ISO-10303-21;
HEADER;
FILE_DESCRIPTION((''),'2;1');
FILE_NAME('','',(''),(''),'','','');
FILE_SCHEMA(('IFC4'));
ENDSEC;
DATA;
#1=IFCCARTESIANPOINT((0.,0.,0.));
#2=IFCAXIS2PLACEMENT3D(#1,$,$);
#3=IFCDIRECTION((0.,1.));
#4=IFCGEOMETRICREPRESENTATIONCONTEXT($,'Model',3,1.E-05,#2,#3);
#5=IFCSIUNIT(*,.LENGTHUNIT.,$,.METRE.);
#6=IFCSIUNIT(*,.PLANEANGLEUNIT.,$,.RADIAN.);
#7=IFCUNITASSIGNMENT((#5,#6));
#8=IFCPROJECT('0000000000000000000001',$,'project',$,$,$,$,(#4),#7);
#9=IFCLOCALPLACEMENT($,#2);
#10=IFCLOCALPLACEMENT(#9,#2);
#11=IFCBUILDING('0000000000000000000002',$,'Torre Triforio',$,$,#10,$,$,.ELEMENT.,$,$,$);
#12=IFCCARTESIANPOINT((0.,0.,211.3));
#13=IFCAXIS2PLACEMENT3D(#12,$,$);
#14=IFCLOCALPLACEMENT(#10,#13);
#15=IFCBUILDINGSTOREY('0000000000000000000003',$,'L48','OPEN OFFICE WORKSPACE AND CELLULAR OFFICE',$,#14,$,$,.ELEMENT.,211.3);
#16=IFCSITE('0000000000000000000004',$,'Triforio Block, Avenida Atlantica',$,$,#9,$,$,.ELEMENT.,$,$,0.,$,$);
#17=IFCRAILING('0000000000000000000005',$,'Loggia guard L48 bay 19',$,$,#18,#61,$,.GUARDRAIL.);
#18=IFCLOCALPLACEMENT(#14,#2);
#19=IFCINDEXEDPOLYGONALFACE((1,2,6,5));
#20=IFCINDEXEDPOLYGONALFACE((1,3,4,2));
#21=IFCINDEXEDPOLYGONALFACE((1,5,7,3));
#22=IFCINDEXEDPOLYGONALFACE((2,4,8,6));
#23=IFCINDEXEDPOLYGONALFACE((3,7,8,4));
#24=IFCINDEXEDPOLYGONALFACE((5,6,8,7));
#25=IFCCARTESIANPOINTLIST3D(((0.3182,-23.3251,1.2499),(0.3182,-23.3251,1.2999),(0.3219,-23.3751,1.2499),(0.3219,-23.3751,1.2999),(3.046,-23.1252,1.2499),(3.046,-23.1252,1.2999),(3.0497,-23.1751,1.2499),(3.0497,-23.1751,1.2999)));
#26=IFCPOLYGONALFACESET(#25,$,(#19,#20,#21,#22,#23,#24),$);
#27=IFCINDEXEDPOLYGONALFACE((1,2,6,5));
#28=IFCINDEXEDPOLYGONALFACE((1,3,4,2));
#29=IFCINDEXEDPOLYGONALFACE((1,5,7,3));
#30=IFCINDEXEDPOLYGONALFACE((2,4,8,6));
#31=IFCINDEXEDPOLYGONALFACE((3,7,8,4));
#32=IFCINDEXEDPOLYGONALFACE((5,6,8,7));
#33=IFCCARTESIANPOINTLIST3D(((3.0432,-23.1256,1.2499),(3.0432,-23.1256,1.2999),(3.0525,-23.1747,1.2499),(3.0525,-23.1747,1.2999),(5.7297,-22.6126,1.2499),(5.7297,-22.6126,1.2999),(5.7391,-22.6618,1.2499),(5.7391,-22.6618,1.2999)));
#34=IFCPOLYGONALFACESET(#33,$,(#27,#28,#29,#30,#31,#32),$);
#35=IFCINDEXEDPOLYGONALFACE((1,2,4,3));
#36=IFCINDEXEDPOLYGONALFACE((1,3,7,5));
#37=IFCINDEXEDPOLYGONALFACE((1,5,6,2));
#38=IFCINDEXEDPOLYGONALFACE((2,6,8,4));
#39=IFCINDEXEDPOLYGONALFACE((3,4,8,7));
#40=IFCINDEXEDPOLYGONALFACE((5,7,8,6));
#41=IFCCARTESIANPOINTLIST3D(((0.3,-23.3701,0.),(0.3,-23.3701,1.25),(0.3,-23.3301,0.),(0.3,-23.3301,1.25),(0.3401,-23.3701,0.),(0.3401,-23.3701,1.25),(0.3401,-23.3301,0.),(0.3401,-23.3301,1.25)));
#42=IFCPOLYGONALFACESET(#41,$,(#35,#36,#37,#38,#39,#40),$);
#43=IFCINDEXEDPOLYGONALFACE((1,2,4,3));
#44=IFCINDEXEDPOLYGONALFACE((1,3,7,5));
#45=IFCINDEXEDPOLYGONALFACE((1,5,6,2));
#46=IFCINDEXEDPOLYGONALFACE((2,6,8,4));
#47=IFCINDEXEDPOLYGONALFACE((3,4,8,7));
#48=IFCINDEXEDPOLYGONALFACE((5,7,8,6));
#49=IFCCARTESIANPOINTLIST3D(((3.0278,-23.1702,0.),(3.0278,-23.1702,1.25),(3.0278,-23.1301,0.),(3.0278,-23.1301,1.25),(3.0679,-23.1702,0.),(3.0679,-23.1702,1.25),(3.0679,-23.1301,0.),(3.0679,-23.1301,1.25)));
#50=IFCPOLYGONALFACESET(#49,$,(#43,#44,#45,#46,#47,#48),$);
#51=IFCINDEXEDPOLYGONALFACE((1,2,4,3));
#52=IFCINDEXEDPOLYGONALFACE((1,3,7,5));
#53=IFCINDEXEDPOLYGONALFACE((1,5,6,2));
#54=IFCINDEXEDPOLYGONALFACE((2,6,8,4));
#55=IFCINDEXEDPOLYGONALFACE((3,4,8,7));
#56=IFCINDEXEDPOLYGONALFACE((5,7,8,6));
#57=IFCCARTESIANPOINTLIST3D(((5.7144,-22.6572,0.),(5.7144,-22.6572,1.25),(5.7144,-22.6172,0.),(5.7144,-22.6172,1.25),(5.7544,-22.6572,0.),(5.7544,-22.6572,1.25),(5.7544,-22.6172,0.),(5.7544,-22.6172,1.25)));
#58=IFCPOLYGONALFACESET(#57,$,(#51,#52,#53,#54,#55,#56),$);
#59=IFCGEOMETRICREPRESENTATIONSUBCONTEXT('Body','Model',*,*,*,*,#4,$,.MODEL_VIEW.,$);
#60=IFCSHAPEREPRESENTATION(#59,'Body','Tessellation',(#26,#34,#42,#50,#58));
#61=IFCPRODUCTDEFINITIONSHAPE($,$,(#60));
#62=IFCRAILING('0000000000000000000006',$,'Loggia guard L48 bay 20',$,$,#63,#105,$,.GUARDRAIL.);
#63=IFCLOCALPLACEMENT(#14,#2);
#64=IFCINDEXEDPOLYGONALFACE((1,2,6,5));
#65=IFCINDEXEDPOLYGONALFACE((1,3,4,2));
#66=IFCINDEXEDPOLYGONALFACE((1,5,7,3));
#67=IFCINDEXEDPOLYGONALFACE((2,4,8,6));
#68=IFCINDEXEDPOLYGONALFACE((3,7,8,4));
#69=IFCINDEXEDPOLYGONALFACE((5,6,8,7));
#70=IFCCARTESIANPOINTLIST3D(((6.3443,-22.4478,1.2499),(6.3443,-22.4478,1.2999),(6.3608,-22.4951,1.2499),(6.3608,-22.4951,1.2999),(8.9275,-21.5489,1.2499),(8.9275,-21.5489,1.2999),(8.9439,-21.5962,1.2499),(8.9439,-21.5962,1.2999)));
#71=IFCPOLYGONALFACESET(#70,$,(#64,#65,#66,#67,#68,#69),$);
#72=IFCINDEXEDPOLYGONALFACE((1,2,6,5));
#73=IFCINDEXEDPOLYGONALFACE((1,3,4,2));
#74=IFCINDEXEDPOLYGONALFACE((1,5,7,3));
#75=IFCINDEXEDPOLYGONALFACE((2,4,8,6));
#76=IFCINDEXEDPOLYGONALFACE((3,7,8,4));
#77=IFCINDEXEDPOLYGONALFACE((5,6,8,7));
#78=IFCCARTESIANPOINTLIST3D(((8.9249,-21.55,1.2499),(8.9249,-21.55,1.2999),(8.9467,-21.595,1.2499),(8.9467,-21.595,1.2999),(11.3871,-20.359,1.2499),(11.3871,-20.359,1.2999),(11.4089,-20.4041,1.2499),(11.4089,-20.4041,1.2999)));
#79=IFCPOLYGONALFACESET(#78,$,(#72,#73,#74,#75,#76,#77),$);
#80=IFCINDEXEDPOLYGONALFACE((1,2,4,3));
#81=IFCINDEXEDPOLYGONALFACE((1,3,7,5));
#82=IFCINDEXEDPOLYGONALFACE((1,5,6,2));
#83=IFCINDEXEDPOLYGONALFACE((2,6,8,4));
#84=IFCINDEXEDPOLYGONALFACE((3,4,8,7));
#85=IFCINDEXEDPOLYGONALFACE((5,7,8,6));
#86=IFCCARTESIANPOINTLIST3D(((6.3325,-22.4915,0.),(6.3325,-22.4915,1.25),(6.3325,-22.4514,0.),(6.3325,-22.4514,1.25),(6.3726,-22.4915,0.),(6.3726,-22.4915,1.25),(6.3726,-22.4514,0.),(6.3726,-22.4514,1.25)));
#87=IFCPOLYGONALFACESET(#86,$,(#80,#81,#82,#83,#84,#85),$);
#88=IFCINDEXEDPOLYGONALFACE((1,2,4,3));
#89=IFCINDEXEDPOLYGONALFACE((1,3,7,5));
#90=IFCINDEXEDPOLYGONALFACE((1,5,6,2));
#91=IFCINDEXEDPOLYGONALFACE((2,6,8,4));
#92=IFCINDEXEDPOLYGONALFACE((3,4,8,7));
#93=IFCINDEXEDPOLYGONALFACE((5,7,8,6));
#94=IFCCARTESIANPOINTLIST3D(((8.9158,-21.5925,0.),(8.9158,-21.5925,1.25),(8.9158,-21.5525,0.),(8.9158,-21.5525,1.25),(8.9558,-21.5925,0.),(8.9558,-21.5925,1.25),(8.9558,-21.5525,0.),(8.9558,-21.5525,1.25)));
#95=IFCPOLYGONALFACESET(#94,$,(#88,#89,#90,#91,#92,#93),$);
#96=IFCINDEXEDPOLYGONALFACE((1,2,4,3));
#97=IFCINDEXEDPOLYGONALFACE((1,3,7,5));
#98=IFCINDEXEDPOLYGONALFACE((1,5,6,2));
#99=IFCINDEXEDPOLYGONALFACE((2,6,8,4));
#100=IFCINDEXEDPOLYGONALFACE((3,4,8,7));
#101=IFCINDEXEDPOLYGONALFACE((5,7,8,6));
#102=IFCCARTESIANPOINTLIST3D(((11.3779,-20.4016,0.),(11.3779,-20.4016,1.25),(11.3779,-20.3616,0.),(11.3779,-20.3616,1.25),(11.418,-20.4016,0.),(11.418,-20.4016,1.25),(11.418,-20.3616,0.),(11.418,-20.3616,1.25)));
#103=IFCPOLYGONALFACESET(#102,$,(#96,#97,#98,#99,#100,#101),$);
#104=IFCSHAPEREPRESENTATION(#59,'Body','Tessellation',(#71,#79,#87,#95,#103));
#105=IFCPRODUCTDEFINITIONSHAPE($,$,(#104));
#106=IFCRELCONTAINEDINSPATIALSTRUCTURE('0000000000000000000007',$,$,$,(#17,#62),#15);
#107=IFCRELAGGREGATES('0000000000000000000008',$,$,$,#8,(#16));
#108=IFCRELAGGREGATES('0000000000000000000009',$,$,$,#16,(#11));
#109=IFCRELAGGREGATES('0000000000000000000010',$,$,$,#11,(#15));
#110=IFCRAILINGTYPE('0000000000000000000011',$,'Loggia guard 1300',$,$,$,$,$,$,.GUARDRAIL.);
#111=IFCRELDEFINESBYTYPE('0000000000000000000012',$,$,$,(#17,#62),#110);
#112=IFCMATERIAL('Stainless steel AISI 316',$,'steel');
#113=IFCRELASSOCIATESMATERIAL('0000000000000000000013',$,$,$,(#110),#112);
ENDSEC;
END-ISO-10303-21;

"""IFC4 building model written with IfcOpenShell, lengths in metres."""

from ifc_helpers import new_model, si_unit, direction, frame, origin, origin_2d, place, context, subcontext, project, spatial, rectangle, extrude, material, type_object, element, save


model = new_model("IFC4")

# Units and contexts
model_context = context("Model", 3, precision=1e-05, world=origin(), true_north=direction((0.0, 1.0)))
body_context = subcontext(model_context, "Body", "Model", "MODEL_VIEW")
ifc_project = project(units=[si_unit("LENGTHUNIT", "METRE"), si_unit("PLANEANGLEUNIT", "RADIAN")], contexts=[model_context])

# Site, building, storey
site_placement = place(None, origin())
site = spatial("IfcSite", under=ifc_project, at=site_placement, Name="Triforio Block, Avenida Atlantica", CompositionType="ELEMENT", RefElevation=0.0)
building_placement = place(site_placement, origin())
building = spatial("IfcBuilding", under=site, at=building_placement, Name="Torre Triforio", CompositionType="ELEMENT")
storey_placement = place(building_placement, frame((0.0, 0.0, 211.3)))
storey = spatial("IfcBuildingStorey", under=building, at=storey_placement, Name="L48", Description="OPEN OFFICE WORKSPACE AND CELLULAR OFFICE", CompositionType="ELEMENT", Elevation=211.3)

# Railings
ifc_material_1 = material(Name="Stainless steel AISI 316", Category="steel")
railing_type = type_object("IfcRailingType", Name="Loggia guard 1300", PredefinedType="GUARDRAIL", material=ifc_material_1)
railing_1_placement = place(storey_placement, frame((0.3201, -23.3501, 0.0)))
element("IfcRailing", 1, at=railing_1_placement, inside=storey, type_object=railing_type, Name="Loggia guard L48 bay 19", PredefinedType="GUARDRAIL", context=body_context, shape_type="SweptSolid", body=[
    extrude(rectangle(XDim=0.05, YDim=0.05, at=origin_2d()), frame((0.0, 0.0, 1.2749), z_axis=(0.997324, 0.073106, 0.0), x_axis=(-0.073106, 0.997324, 0.0)), (0.0, 0.0, 1.0), 2.7351),
    extrude(rectangle(XDim=0.05, YDim=0.05, at=origin_2d()), frame((2.7278, 0.2, 1.2749), z_axis=(0.982256, 0.187543, 0.0), x_axis=(-0.187543, 0.982256, 0.0)), (0.0, 0.0, 1.0), 2.7351),
    extrude(rectangle(XDim=0.04, YDim=0.04, at=origin_2d()), origin(), (0.0, 0.0, 1.0), 1.25),
    extrude(rectangle(XDim=0.04, YDim=0.04, at=origin_2d()), frame((2.7278, 0.2, 0.0)), (0.0, 0.0, 1.0), 1.25),
    extrude(rectangle(XDim=0.04, YDim=0.04, at=origin_2d()), frame((5.4143, 0.7129, 0.0)), (0.0, 0.0, 1.0), 1.25),
])
railing_2_placement = place(storey_placement, frame((6.3525, -22.4714, 0.0)))
element("IfcRailing", 2, at=railing_2_placement, inside=storey, type_object=railing_type, Name="Loggia guard L48 bay 20", PredefinedType="GUARDRAIL", context=body_context, shape_type="SweptSolid", body=[
    extrude(rectangle(XDim=0.05, YDim=0.05, at=origin_2d()), frame((0.0, 0.0, 1.2749), z_axis=(0.944451, 0.328652, 0.0), x_axis=(-0.328652, 0.944451, 0.0)), (0.0, 0.0, 1.0), 2.7351),
    extrude(rectangle(XDim=0.05, YDim=0.05, at=origin_2d()), frame((2.5833, 0.8989, 1.2749), z_axis=(0.900224, 0.435428, 0.0), x_axis=(-0.435428, 0.900224, 0.0)), (0.0, 0.0, 1.0), 2.7351),
    extrude(rectangle(XDim=0.04, YDim=0.04, at=origin_2d()), origin(), (0.0, 0.0, 1.0), 1.25),
    extrude(rectangle(XDim=0.04, YDim=0.04, at=origin_2d()), frame((2.5833, 0.8989, 0.0)), (0.0, 0.0, 1.0), 1.25),
    extrude(rectangle(XDim=0.04, YDim=0.04, at=origin_2d()), frame((5.0454, 2.0898, 0.0)), (0.0, 0.0, 1.0), 1.25),
])

save(model, "model.ifc")
